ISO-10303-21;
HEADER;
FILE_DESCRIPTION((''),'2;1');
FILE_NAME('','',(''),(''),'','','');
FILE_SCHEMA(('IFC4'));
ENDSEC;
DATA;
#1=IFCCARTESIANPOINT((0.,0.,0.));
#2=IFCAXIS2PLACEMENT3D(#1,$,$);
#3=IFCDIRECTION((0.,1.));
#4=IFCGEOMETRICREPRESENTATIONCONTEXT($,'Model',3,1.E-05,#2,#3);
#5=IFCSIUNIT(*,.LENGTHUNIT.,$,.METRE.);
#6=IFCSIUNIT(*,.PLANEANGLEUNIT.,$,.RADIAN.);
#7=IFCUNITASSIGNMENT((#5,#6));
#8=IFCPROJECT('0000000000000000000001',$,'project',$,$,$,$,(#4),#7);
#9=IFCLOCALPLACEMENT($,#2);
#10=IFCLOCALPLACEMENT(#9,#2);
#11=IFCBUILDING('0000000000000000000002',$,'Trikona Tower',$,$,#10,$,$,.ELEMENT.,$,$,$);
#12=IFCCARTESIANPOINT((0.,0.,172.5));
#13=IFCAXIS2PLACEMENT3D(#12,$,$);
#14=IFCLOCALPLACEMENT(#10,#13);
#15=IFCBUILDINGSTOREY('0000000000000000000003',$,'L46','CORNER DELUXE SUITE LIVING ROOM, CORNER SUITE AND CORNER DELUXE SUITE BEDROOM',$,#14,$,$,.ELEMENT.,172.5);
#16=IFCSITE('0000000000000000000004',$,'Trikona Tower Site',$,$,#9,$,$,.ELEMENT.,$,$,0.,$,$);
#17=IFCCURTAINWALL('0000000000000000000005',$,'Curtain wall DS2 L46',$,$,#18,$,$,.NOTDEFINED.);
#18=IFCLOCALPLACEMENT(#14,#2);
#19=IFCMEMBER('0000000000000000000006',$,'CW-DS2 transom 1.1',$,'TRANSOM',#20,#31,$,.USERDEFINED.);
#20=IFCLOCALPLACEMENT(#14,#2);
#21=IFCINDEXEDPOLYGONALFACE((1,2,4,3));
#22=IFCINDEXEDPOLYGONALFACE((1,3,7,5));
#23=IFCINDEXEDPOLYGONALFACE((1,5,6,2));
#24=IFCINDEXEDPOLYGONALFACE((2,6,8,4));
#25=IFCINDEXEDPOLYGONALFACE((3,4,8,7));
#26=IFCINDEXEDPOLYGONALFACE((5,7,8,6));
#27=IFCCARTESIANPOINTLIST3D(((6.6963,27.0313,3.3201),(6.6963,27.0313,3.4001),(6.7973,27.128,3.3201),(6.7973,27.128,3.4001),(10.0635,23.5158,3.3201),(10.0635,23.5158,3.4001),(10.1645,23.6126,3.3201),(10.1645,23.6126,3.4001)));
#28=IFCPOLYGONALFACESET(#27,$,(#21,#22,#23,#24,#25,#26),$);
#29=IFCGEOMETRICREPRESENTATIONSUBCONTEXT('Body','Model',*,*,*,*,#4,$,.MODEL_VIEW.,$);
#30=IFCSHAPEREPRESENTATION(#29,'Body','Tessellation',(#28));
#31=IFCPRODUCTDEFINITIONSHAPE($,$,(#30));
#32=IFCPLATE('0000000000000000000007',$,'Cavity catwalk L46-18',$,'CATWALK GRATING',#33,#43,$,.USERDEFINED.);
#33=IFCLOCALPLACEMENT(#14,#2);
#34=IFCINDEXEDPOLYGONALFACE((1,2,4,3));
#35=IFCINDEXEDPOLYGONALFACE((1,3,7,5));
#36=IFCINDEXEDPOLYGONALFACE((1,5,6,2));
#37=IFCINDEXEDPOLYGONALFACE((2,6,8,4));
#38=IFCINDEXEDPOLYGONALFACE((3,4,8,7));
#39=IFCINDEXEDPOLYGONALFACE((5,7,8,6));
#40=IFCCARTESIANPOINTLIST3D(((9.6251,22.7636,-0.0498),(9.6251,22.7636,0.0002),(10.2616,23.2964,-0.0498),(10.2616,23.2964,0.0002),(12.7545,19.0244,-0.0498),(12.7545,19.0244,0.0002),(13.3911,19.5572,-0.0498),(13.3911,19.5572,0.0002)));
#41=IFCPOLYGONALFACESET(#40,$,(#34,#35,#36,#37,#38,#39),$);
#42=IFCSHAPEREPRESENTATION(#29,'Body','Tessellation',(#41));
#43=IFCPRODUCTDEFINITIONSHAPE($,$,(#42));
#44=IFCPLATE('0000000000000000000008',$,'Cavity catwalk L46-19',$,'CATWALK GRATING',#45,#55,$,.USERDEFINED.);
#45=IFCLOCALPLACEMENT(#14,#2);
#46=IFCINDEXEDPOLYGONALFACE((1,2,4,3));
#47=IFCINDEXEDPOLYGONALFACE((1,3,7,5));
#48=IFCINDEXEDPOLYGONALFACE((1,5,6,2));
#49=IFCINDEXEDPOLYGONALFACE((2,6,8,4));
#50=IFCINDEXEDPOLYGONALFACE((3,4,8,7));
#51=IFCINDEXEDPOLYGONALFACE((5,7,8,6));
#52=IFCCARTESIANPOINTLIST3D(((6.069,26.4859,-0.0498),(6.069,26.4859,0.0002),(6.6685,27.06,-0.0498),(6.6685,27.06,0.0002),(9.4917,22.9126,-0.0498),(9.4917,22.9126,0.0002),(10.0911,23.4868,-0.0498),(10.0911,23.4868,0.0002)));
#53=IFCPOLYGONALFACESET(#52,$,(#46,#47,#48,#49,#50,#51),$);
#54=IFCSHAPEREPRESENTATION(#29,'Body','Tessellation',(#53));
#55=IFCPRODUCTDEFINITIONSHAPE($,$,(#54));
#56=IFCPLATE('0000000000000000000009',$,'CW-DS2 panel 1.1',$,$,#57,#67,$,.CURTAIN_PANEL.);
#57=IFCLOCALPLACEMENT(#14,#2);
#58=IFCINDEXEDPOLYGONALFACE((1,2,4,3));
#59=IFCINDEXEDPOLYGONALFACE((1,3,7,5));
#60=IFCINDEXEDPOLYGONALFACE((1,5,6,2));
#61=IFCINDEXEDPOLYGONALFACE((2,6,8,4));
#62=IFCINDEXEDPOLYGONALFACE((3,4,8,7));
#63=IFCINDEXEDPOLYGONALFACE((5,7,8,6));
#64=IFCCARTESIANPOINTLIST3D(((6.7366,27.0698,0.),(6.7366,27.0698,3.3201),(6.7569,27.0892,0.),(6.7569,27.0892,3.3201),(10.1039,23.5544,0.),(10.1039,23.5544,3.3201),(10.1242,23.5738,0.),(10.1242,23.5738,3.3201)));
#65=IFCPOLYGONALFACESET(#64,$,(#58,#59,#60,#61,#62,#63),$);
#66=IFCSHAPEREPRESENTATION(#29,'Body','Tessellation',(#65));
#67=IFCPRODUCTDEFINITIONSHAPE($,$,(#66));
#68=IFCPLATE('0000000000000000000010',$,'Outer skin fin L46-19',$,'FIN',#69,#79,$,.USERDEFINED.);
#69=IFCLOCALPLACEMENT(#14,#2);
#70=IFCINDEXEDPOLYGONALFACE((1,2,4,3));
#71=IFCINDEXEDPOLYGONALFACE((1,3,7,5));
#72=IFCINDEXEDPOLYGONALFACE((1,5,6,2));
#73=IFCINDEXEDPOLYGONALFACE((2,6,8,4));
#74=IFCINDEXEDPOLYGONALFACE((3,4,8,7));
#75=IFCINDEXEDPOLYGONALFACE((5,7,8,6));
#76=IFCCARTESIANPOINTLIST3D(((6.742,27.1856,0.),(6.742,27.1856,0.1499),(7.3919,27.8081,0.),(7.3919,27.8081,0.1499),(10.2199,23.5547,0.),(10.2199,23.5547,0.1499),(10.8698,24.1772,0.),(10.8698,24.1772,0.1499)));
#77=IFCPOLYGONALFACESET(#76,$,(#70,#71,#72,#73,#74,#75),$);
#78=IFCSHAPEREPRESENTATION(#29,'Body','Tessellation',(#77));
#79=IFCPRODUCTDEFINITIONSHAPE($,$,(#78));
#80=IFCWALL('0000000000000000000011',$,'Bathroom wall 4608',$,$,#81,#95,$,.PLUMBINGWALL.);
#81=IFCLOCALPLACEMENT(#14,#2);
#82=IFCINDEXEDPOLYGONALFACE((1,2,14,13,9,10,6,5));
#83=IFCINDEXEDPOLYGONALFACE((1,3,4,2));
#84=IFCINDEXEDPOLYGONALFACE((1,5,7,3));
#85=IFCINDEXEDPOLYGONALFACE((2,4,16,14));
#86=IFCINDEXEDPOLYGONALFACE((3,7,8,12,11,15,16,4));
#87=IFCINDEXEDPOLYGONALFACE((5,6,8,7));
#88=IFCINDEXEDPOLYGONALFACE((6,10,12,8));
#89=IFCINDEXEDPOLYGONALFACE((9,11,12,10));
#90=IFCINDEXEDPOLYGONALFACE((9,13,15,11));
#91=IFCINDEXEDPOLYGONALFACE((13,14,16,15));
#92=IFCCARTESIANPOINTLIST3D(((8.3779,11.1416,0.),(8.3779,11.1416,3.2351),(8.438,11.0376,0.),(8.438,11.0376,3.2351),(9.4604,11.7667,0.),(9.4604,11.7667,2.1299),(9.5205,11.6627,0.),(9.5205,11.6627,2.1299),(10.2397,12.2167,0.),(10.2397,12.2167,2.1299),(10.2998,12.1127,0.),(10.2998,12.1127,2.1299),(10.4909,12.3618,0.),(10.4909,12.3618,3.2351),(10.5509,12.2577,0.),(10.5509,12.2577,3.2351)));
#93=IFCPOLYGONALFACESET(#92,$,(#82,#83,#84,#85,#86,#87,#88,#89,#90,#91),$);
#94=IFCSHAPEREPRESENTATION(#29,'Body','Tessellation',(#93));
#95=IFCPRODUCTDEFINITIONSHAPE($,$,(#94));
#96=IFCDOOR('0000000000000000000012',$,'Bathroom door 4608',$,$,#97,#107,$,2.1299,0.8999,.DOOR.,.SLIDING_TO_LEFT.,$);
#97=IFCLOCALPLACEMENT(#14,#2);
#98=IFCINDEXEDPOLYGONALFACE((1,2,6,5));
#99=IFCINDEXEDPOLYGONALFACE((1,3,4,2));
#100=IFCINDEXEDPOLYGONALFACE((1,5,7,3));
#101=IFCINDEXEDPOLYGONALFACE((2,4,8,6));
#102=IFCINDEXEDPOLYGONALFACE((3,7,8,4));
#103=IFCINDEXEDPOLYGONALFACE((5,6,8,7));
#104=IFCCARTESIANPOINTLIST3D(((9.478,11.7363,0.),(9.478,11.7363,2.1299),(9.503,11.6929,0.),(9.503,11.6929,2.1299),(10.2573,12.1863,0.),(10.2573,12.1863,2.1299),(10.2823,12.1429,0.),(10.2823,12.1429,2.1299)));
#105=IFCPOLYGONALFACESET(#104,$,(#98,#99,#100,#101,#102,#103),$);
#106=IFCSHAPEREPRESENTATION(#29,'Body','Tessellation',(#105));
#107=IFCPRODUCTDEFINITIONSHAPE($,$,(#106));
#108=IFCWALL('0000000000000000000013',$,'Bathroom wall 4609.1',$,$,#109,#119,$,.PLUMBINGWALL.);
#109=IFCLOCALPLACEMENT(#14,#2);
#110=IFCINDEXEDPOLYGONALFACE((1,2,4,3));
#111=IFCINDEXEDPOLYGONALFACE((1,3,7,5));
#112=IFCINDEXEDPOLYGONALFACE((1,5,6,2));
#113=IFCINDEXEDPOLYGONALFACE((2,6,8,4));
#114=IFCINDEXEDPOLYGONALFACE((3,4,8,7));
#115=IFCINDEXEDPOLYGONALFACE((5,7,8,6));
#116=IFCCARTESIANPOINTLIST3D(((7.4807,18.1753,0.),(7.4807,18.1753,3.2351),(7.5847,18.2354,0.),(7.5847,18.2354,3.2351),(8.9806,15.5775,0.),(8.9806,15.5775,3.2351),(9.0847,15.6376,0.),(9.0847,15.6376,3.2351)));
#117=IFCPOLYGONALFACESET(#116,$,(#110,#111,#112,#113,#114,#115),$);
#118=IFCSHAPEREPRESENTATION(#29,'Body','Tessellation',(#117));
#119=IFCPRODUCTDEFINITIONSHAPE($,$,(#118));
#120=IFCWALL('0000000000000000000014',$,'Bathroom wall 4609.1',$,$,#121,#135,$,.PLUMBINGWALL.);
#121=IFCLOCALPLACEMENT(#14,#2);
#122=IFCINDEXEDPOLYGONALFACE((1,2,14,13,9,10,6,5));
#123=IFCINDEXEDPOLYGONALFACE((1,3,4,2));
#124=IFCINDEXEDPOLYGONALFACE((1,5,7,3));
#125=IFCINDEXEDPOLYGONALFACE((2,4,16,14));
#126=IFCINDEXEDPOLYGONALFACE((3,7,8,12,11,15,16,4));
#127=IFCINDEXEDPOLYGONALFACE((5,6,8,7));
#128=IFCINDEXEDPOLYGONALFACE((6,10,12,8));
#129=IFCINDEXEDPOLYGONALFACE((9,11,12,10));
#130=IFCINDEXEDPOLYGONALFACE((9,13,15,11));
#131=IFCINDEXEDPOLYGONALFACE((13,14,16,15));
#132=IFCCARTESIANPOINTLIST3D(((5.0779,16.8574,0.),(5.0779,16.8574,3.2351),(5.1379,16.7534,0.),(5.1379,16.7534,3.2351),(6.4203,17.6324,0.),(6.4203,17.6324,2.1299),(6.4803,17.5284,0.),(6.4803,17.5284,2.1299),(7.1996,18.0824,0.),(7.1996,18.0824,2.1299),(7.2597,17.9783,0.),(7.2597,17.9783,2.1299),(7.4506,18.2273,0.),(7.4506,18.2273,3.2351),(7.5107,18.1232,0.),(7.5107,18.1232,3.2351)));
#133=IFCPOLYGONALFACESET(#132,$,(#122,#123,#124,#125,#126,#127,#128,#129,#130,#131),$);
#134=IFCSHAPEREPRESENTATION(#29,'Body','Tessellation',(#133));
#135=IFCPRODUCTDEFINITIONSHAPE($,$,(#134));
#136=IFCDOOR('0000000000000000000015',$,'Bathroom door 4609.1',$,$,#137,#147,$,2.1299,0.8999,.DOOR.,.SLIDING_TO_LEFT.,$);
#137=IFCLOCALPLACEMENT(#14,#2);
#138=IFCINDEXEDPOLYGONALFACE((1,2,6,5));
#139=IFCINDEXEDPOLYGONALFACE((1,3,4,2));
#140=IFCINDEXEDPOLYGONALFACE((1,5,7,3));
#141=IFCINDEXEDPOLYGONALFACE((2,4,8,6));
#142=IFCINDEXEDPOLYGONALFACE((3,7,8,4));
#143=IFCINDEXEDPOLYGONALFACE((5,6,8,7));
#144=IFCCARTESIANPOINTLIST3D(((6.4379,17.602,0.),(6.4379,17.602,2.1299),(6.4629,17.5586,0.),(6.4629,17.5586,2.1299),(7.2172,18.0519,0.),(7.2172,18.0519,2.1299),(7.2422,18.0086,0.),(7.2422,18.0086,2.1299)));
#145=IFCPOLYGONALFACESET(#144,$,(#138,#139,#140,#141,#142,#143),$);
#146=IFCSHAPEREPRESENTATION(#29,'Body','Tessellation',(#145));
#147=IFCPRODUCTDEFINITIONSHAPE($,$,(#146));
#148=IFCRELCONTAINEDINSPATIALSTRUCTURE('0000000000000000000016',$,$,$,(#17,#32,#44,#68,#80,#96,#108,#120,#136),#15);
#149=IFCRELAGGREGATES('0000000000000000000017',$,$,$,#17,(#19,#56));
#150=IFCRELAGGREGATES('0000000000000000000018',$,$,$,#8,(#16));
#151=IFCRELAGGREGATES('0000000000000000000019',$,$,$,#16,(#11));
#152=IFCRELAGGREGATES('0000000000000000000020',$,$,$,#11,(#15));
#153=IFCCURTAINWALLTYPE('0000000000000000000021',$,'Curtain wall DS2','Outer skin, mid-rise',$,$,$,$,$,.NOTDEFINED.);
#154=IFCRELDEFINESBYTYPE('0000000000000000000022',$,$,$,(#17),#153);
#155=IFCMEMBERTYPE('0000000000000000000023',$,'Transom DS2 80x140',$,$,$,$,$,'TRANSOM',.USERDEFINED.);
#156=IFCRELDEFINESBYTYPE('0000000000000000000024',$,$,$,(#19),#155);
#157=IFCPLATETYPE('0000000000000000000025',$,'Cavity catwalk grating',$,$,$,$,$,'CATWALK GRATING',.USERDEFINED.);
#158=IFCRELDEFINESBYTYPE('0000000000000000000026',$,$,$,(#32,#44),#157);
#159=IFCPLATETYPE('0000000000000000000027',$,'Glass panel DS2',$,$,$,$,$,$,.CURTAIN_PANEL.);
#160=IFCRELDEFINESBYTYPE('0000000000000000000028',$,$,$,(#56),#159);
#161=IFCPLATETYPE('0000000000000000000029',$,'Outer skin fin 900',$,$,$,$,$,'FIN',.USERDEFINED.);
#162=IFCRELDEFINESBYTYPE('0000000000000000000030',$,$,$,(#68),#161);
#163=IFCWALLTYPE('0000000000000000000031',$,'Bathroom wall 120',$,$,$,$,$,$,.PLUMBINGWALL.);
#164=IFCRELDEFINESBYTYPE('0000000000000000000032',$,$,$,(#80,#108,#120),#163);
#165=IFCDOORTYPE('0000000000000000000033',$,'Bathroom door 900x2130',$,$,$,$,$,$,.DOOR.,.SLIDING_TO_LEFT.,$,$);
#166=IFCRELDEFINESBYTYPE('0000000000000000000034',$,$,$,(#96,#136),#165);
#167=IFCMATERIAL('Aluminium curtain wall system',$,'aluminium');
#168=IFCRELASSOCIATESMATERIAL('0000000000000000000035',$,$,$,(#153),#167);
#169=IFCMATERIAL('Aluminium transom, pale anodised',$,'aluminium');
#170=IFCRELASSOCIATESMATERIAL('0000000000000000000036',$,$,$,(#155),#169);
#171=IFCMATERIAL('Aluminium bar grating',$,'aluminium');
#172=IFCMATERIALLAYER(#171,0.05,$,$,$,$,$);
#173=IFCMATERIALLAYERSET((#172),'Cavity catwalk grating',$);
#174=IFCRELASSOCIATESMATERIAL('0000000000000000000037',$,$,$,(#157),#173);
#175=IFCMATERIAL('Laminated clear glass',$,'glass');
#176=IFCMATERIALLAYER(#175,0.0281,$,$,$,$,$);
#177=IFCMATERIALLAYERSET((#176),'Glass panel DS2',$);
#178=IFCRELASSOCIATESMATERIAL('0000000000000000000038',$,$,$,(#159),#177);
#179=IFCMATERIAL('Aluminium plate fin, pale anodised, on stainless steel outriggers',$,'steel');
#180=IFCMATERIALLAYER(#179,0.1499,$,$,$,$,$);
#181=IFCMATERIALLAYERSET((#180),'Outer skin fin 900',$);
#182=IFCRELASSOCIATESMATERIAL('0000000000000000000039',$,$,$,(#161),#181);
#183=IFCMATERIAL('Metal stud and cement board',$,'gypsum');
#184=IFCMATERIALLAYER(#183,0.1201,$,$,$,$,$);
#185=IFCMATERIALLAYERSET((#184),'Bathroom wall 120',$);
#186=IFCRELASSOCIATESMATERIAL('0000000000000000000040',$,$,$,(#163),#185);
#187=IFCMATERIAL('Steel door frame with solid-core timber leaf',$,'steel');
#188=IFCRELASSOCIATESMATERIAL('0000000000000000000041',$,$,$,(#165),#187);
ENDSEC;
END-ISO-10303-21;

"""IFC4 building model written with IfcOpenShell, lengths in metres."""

from ifc_helpers import new_model, si_unit, direction, frame, frame_2d, origin, origin_2d, place, context, subcontext, project, spatial, rectangle, extrude, material, layer, layer_set, material_profile, profile_set, type_object, element, fill, aggregate, save


model = new_model("IFC4")

# Units and contexts
model_context = context("Model", 3, precision=1e-05, world=origin(), true_north=direction((0.0, 1.0)))
body_context = subcontext(model_context, "Body", "Model", "MODEL_VIEW")
ifc_project = project(units=[si_unit("LENGTHUNIT", "METRE"), si_unit("PLANEANGLEUNIT", "RADIAN")], contexts=[model_context])

# Site, building, storey
site_placement = place(None, origin())
site = spatial("IfcSite", under=ifc_project, at=site_placement, Name="Trikona Tower Site", CompositionType="ELEMENT", RefElevation=0.0)
building_placement = place(site_placement, origin())
building = spatial("IfcBuilding", under=site, at=building_placement, Name="Trikona Tower", CompositionType="ELEMENT")
storey_placement = place(building_placement, frame((0.0, 0.0, 172.5)))
storey = spatial("IfcBuildingStorey", under=building, at=storey_placement, Name="L46", Description="CORNER DELUXE SUITE LIVING ROOM, CORNER SUITE AND CORNER DELUXE SUITE BEDROOM", CompositionType="ELEMENT", Elevation=172.5)

# Shared definitions
ifc_material_1 = material(Name="Aluminium curtain wall system", Category="aluminium")
curtain_wall_type = type_object("IfcCurtainWallType", Name="Curtain wall DS2", Description="Outer skin, mid-rise", PredefinedType="NOTDEFINED", material=ifc_material_1)

# Curtain wall
curtain_wall_1_placement = place(storey_placement, origin())
curtain_wall_1 = element("IfcCurtainWall", 1, at=curtain_wall_1_placement, inside=storey, type_object=curtain_wall_type, Name="Curtain wall DS2 L46", PredefinedType="NOTDEFINED")

# Member
ifc_material_2 = material(Name="Aluminium transom, pale anodised", Category="aluminium")
ifc_material_profile_1 = material_profile(ifc_material_2, rectangle(XDim=0.1399, YDim=0.0801, at=origin_2d()), Name="TRN-DS2")
ifc_profile_set_1 = profile_set([ifc_material_profile_1], Name="Aluminium transom, pale anodised")
member_type_1 = type_object("IfcMemberType", Name="Transom DS2 80x140", ElementType="TRANSOM", PredefinedType="USERDEFINED", material=ifc_profile_set_1)
member_1_placement = place(storey_placement, frame((10.114, 23.5642, 3.3601), z_axis=(-0.691721, 0.722165, 0.0), x_axis=(-0.722165, -0.691721, 0.0)))
member_1 = element("IfcMember", 2, at=member_1_placement, type_object=member_type_1, Name="CW-DS2 transom 1.1", ObjectType="TRANSOM", PredefinedType="USERDEFINED", context=body_context, shape_type="SweptSolid", body=[
    extrude(rectangle(XDim=0.1399, YDim=0.0801, at=origin_2d()), origin(), (0.0, 0.0, 1.0), 4.8679),
])

# Plates
ifc_material_3 = material(Name="Aluminium bar grating", Category="aluminium")
ifc_layer_1 = layer(ifc_material_3, 0.05)
ifc_layer_set_1 = layer_set([ifc_layer_1], Name="Cavity catwalk grating")
plate_type_1 = type_object("IfcPlateType", Name="Cavity catwalk grating", ElementType="CATWALK GRATING", PredefinedType="USERDEFINED", material=ifc_layer_set_1)
plate_1_placement = place(storey_placement, frame((11.5081, 21.1604, -0.0498), z_axis=(0.0, 0.0, 1.0), x_axis=(-0.641807, 0.766866, 0.0)))
element("IfcPlate", 3, at=plate_1_placement, inside=storey, type_object=plate_type_1, Name="Cavity catwalk L46-18", ObjectType="CATWALK GRATING", PredefinedType="USERDEFINED", context=body_context, shape_type="SweptSolid", body=[
    extrude(rectangle(XDim=4.876, YDim=0.8301, at=origin_2d()), origin(), (0.0, 0.0, 1.0), 0.05),
])
plate_2_placement = place(storey_placement, frame((8.0801, 24.9863, -0.0498), z_axis=(0.0, 0.0, 1.0), x_axis=(-0.691724, 0.722162, 0.0)))
element("IfcPlate", 4, at=plate_2_placement, inside=storey, type_object=plate_type_1, Name="Cavity catwalk L46-19", ObjectType="CATWALK GRATING", PredefinedType="USERDEFINED", context=body_context, shape_type="SweptSolid", body=[
    extrude(rectangle(XDim=4.948, YDim=0.8301, at=origin_2d()), origin(), (0.0, 0.0, 1.0), 0.05),
])

# Plates
ifc_material_4 = material(Name="Laminated clear glass", Category="glass")
ifc_layer_2 = layer(ifc_material_4, 0.0281)
ifc_layer_set_2 = layer_set([ifc_layer_2], Name="Glass panel DS2")
plate_type_2 = type_object("IfcPlateType", Name="Glass panel DS2", PredefinedType="CURTAIN_PANEL", material=ifc_layer_set_2)
plate_3_placement = place(storey_placement, frame((8.4304, 25.3218, 0.0), z_axis=(0.0, 0.0, 1.0), x_axis=(-0.691728, 0.722158, 0.0)))
plate_3 = element("IfcPlate", 5, at=plate_3_placement, type_object=plate_type_2, Name="CW-DS2 panel 1.1", PredefinedType="CURTAIN_PANEL", context=body_context, shape_type="SweptSolid", body=[
    extrude(rectangle(XDim=4.8679, YDim=0.0281, at=origin_2d()), origin(), (0.0, 0.0, 1.0), 3.3201),
])
aggregate(curtain_wall_1, [member_1, plate_3])
ifc_material_5 = material(Name="Aluminium plate fin, pale anodised, on stainless steel outriggers", Category="steel")
ifc_layer_3 = layer(ifc_material_5, 0.1499)
ifc_layer_set_3 = layer_set([ifc_layer_3], Name="Outer skin fin 900")
plate_type_3 = type_object("IfcPlateType", Name="Outer skin fin 900", ElementType="FIN", PredefinedType="USERDEFINED", material=ifc_layer_set_3)
plate_4_placement = place(storey_placement, frame((8.8059, 25.6814, 0.0), z_axis=(0.0, 0.0, 1.0), x_axis=(-0.691724, 0.722162, 0.0)))
element("IfcPlate", 6, at=plate_4_placement, inside=storey, type_object=plate_type_3, Name="Outer skin fin L46-19", ObjectType="FIN", PredefinedType="USERDEFINED", context=body_context, shape_type="SweptSolid", body=[
    extrude(rectangle(XDim=5.0278, YDim=0.8999, at=origin_2d()), origin(), (0.0, 0.0, 1.0), 0.1499),
])

# Wall, opening, door
ifc_material_6 = material(Name="Metal stud and cement board", Category="gypsum")
ifc_layer_4 = layer(ifc_material_6, 0.1201)
ifc_layer_set_4 = layer_set([ifc_layer_4], Name="Bathroom wall 120")
wall_type_1 = type_object("IfcWallType", Name="Bathroom wall 120", PredefinedType="PLUMBINGWALL", material=ifc_layer_set_4)
wall_1_placement = place(storey_placement, frame((8.408, 11.0896, 0.0), z_axis=(0.0, 0.0, 1.0), x_axis=(0.865981, 0.500078, 0.0)))
wall_1 = element("IfcWall", 7, at=wall_1_placement, inside=storey, type_object=wall_type_1, Name="Bathroom wall 4608", PredefinedType="PLUMBINGWALL", context=body_context, shape_type="SweptSolid", body=[
    extrude(rectangle(XDim=2.4399, YDim=0.1201, at=frame_2d((1.22, 0.0))), origin(), (0.0, 0.0, 1.0), 3.2351),
])
opening_1_placement = place(wall_1_placement, frame((1.25, 0.0, 0.0)))
opening_1 = element("IfcOpeningElement", 8, at=opening_1_placement, cuts=wall_1, PredefinedType="OPENING", context=body_context, shape_type="SweptSolid", body=[
    extrude(rectangle(XDim=0.8999, YDim=2.1299, at=frame_2d((0.45, 1.0649))), frame((0.0, 0.0701, 0.0), z_axis=(0.0, -1.0, 0.0), x_axis=(1.0, 0.0, 0.0)), (0.0, 0.0, 1.0), 0.1401),
])
ifc_material_7 = material(Name="Steel door frame with solid-core timber leaf", Category="steel")
door_type_1 = type_object("IfcDoorType", Name="Bathroom door 900x2130", OperationType="SLIDING_TO_LEFT", PredefinedType="DOOR", material=ifc_material_7)
door_1_placement = place(opening_1_placement, origin())
door_1 = element("IfcDoor", 9, at=door_1_placement, inside=storey, type_object=door_type_1, Name="Bathroom door 4608", OperationType="SLIDING_TO_LEFT", OverallHeight=2.1299, OverallWidth=0.8999, PredefinedType="DOOR", context=body_context, shape_type="SweptSolid", body=[
    extrude(rectangle(XDim=0.8999, YDim=2.1299, at=frame_2d((0.45, 1.0649))), frame((0.0, 0.0249, 0.0), z_axis=(0.0, -1.0, 0.0), x_axis=(1.0, 0.0, 0.0)), (0.0, 0.0, 1.0), 0.05),
])
fill(opening_1, door_1)

# Wall
wall_2_placement = place(storey_placement, frame((9.0327, 15.6074, 0.0), z_axis=(0.0, 0.0, 1.0), x_axis=(-0.500025, 0.866011, 0.0)))
element("IfcWall", 10, at=wall_2_placement, inside=storey, type_object=wall_type_1, Name="Bathroom wall 4609.1", PredefinedType="PLUMBINGWALL", context=body_context, shape_type="SweptSolid", body=[
    extrude(rectangle(XDim=2.9998, YDim=0.1201, at=frame_2d((1.5, 0.0))), origin(), (0.0, 0.0, 1.0), 3.2351),
])

# Wall, opening, door
wall_3_placement = place(storey_placement, frame((5.1079, 16.8054, 0.0), z_axis=(0.0, 0.0, 1.0), x_axis=(0.866036, 0.499982, 0.0)))
wall_3 = element("IfcWall", 11, at=wall_3_placement, inside=storey, type_object=wall_type_1, Name="Bathroom wall 4609.1", PredefinedType="PLUMBINGWALL", context=body_context, shape_type="SweptSolid", body=[
    extrude(rectangle(XDim=2.7397, YDim=0.1201, at=frame_2d((1.3699, 0.0))), origin(), (0.0, 0.0, 1.0), 3.2351),
])
opening_2_placement = place(wall_3_placement, frame((1.55, 0.0, 0.0)))
opening_2 = element("IfcOpeningElement", 12, at=opening_2_placement, cuts=wall_3, PredefinedType="OPENING", context=body_context, shape_type="SweptSolid", body=[
    extrude(rectangle(XDim=0.8999, YDim=2.1299, at=frame_2d((0.45, 1.0649))), frame((0.0, 0.0701, 0.0), z_axis=(0.0, -1.0, 0.0), x_axis=(1.0, 0.0, 0.0)), (0.0, 0.0, 1.0), 0.1401),
])
door_2_placement = place(opening_2_placement, origin())
door_2 = element("IfcDoor", 13, at=door_2_placement, inside=storey, type_object=door_type_1, Name="Bathroom door 4609.1", OperationType="SLIDING_TO_LEFT", OverallHeight=2.1299, OverallWidth=0.8999, PredefinedType="DOOR", context=body_context, shape_type="SweptSolid", body=[
    extrude(rectangle(XDim=0.8999, YDim=2.1299, at=frame_2d((0.45, 1.0649))), frame((0.0, 0.0249, 0.0), z_axis=(0.0, -1.0, 0.0), x_axis=(1.0, 0.0, 0.0)), (0.0, 0.0, 1.0), 0.05),
])
fill(opening_2, door_2)

save(model, "model.ifc")
